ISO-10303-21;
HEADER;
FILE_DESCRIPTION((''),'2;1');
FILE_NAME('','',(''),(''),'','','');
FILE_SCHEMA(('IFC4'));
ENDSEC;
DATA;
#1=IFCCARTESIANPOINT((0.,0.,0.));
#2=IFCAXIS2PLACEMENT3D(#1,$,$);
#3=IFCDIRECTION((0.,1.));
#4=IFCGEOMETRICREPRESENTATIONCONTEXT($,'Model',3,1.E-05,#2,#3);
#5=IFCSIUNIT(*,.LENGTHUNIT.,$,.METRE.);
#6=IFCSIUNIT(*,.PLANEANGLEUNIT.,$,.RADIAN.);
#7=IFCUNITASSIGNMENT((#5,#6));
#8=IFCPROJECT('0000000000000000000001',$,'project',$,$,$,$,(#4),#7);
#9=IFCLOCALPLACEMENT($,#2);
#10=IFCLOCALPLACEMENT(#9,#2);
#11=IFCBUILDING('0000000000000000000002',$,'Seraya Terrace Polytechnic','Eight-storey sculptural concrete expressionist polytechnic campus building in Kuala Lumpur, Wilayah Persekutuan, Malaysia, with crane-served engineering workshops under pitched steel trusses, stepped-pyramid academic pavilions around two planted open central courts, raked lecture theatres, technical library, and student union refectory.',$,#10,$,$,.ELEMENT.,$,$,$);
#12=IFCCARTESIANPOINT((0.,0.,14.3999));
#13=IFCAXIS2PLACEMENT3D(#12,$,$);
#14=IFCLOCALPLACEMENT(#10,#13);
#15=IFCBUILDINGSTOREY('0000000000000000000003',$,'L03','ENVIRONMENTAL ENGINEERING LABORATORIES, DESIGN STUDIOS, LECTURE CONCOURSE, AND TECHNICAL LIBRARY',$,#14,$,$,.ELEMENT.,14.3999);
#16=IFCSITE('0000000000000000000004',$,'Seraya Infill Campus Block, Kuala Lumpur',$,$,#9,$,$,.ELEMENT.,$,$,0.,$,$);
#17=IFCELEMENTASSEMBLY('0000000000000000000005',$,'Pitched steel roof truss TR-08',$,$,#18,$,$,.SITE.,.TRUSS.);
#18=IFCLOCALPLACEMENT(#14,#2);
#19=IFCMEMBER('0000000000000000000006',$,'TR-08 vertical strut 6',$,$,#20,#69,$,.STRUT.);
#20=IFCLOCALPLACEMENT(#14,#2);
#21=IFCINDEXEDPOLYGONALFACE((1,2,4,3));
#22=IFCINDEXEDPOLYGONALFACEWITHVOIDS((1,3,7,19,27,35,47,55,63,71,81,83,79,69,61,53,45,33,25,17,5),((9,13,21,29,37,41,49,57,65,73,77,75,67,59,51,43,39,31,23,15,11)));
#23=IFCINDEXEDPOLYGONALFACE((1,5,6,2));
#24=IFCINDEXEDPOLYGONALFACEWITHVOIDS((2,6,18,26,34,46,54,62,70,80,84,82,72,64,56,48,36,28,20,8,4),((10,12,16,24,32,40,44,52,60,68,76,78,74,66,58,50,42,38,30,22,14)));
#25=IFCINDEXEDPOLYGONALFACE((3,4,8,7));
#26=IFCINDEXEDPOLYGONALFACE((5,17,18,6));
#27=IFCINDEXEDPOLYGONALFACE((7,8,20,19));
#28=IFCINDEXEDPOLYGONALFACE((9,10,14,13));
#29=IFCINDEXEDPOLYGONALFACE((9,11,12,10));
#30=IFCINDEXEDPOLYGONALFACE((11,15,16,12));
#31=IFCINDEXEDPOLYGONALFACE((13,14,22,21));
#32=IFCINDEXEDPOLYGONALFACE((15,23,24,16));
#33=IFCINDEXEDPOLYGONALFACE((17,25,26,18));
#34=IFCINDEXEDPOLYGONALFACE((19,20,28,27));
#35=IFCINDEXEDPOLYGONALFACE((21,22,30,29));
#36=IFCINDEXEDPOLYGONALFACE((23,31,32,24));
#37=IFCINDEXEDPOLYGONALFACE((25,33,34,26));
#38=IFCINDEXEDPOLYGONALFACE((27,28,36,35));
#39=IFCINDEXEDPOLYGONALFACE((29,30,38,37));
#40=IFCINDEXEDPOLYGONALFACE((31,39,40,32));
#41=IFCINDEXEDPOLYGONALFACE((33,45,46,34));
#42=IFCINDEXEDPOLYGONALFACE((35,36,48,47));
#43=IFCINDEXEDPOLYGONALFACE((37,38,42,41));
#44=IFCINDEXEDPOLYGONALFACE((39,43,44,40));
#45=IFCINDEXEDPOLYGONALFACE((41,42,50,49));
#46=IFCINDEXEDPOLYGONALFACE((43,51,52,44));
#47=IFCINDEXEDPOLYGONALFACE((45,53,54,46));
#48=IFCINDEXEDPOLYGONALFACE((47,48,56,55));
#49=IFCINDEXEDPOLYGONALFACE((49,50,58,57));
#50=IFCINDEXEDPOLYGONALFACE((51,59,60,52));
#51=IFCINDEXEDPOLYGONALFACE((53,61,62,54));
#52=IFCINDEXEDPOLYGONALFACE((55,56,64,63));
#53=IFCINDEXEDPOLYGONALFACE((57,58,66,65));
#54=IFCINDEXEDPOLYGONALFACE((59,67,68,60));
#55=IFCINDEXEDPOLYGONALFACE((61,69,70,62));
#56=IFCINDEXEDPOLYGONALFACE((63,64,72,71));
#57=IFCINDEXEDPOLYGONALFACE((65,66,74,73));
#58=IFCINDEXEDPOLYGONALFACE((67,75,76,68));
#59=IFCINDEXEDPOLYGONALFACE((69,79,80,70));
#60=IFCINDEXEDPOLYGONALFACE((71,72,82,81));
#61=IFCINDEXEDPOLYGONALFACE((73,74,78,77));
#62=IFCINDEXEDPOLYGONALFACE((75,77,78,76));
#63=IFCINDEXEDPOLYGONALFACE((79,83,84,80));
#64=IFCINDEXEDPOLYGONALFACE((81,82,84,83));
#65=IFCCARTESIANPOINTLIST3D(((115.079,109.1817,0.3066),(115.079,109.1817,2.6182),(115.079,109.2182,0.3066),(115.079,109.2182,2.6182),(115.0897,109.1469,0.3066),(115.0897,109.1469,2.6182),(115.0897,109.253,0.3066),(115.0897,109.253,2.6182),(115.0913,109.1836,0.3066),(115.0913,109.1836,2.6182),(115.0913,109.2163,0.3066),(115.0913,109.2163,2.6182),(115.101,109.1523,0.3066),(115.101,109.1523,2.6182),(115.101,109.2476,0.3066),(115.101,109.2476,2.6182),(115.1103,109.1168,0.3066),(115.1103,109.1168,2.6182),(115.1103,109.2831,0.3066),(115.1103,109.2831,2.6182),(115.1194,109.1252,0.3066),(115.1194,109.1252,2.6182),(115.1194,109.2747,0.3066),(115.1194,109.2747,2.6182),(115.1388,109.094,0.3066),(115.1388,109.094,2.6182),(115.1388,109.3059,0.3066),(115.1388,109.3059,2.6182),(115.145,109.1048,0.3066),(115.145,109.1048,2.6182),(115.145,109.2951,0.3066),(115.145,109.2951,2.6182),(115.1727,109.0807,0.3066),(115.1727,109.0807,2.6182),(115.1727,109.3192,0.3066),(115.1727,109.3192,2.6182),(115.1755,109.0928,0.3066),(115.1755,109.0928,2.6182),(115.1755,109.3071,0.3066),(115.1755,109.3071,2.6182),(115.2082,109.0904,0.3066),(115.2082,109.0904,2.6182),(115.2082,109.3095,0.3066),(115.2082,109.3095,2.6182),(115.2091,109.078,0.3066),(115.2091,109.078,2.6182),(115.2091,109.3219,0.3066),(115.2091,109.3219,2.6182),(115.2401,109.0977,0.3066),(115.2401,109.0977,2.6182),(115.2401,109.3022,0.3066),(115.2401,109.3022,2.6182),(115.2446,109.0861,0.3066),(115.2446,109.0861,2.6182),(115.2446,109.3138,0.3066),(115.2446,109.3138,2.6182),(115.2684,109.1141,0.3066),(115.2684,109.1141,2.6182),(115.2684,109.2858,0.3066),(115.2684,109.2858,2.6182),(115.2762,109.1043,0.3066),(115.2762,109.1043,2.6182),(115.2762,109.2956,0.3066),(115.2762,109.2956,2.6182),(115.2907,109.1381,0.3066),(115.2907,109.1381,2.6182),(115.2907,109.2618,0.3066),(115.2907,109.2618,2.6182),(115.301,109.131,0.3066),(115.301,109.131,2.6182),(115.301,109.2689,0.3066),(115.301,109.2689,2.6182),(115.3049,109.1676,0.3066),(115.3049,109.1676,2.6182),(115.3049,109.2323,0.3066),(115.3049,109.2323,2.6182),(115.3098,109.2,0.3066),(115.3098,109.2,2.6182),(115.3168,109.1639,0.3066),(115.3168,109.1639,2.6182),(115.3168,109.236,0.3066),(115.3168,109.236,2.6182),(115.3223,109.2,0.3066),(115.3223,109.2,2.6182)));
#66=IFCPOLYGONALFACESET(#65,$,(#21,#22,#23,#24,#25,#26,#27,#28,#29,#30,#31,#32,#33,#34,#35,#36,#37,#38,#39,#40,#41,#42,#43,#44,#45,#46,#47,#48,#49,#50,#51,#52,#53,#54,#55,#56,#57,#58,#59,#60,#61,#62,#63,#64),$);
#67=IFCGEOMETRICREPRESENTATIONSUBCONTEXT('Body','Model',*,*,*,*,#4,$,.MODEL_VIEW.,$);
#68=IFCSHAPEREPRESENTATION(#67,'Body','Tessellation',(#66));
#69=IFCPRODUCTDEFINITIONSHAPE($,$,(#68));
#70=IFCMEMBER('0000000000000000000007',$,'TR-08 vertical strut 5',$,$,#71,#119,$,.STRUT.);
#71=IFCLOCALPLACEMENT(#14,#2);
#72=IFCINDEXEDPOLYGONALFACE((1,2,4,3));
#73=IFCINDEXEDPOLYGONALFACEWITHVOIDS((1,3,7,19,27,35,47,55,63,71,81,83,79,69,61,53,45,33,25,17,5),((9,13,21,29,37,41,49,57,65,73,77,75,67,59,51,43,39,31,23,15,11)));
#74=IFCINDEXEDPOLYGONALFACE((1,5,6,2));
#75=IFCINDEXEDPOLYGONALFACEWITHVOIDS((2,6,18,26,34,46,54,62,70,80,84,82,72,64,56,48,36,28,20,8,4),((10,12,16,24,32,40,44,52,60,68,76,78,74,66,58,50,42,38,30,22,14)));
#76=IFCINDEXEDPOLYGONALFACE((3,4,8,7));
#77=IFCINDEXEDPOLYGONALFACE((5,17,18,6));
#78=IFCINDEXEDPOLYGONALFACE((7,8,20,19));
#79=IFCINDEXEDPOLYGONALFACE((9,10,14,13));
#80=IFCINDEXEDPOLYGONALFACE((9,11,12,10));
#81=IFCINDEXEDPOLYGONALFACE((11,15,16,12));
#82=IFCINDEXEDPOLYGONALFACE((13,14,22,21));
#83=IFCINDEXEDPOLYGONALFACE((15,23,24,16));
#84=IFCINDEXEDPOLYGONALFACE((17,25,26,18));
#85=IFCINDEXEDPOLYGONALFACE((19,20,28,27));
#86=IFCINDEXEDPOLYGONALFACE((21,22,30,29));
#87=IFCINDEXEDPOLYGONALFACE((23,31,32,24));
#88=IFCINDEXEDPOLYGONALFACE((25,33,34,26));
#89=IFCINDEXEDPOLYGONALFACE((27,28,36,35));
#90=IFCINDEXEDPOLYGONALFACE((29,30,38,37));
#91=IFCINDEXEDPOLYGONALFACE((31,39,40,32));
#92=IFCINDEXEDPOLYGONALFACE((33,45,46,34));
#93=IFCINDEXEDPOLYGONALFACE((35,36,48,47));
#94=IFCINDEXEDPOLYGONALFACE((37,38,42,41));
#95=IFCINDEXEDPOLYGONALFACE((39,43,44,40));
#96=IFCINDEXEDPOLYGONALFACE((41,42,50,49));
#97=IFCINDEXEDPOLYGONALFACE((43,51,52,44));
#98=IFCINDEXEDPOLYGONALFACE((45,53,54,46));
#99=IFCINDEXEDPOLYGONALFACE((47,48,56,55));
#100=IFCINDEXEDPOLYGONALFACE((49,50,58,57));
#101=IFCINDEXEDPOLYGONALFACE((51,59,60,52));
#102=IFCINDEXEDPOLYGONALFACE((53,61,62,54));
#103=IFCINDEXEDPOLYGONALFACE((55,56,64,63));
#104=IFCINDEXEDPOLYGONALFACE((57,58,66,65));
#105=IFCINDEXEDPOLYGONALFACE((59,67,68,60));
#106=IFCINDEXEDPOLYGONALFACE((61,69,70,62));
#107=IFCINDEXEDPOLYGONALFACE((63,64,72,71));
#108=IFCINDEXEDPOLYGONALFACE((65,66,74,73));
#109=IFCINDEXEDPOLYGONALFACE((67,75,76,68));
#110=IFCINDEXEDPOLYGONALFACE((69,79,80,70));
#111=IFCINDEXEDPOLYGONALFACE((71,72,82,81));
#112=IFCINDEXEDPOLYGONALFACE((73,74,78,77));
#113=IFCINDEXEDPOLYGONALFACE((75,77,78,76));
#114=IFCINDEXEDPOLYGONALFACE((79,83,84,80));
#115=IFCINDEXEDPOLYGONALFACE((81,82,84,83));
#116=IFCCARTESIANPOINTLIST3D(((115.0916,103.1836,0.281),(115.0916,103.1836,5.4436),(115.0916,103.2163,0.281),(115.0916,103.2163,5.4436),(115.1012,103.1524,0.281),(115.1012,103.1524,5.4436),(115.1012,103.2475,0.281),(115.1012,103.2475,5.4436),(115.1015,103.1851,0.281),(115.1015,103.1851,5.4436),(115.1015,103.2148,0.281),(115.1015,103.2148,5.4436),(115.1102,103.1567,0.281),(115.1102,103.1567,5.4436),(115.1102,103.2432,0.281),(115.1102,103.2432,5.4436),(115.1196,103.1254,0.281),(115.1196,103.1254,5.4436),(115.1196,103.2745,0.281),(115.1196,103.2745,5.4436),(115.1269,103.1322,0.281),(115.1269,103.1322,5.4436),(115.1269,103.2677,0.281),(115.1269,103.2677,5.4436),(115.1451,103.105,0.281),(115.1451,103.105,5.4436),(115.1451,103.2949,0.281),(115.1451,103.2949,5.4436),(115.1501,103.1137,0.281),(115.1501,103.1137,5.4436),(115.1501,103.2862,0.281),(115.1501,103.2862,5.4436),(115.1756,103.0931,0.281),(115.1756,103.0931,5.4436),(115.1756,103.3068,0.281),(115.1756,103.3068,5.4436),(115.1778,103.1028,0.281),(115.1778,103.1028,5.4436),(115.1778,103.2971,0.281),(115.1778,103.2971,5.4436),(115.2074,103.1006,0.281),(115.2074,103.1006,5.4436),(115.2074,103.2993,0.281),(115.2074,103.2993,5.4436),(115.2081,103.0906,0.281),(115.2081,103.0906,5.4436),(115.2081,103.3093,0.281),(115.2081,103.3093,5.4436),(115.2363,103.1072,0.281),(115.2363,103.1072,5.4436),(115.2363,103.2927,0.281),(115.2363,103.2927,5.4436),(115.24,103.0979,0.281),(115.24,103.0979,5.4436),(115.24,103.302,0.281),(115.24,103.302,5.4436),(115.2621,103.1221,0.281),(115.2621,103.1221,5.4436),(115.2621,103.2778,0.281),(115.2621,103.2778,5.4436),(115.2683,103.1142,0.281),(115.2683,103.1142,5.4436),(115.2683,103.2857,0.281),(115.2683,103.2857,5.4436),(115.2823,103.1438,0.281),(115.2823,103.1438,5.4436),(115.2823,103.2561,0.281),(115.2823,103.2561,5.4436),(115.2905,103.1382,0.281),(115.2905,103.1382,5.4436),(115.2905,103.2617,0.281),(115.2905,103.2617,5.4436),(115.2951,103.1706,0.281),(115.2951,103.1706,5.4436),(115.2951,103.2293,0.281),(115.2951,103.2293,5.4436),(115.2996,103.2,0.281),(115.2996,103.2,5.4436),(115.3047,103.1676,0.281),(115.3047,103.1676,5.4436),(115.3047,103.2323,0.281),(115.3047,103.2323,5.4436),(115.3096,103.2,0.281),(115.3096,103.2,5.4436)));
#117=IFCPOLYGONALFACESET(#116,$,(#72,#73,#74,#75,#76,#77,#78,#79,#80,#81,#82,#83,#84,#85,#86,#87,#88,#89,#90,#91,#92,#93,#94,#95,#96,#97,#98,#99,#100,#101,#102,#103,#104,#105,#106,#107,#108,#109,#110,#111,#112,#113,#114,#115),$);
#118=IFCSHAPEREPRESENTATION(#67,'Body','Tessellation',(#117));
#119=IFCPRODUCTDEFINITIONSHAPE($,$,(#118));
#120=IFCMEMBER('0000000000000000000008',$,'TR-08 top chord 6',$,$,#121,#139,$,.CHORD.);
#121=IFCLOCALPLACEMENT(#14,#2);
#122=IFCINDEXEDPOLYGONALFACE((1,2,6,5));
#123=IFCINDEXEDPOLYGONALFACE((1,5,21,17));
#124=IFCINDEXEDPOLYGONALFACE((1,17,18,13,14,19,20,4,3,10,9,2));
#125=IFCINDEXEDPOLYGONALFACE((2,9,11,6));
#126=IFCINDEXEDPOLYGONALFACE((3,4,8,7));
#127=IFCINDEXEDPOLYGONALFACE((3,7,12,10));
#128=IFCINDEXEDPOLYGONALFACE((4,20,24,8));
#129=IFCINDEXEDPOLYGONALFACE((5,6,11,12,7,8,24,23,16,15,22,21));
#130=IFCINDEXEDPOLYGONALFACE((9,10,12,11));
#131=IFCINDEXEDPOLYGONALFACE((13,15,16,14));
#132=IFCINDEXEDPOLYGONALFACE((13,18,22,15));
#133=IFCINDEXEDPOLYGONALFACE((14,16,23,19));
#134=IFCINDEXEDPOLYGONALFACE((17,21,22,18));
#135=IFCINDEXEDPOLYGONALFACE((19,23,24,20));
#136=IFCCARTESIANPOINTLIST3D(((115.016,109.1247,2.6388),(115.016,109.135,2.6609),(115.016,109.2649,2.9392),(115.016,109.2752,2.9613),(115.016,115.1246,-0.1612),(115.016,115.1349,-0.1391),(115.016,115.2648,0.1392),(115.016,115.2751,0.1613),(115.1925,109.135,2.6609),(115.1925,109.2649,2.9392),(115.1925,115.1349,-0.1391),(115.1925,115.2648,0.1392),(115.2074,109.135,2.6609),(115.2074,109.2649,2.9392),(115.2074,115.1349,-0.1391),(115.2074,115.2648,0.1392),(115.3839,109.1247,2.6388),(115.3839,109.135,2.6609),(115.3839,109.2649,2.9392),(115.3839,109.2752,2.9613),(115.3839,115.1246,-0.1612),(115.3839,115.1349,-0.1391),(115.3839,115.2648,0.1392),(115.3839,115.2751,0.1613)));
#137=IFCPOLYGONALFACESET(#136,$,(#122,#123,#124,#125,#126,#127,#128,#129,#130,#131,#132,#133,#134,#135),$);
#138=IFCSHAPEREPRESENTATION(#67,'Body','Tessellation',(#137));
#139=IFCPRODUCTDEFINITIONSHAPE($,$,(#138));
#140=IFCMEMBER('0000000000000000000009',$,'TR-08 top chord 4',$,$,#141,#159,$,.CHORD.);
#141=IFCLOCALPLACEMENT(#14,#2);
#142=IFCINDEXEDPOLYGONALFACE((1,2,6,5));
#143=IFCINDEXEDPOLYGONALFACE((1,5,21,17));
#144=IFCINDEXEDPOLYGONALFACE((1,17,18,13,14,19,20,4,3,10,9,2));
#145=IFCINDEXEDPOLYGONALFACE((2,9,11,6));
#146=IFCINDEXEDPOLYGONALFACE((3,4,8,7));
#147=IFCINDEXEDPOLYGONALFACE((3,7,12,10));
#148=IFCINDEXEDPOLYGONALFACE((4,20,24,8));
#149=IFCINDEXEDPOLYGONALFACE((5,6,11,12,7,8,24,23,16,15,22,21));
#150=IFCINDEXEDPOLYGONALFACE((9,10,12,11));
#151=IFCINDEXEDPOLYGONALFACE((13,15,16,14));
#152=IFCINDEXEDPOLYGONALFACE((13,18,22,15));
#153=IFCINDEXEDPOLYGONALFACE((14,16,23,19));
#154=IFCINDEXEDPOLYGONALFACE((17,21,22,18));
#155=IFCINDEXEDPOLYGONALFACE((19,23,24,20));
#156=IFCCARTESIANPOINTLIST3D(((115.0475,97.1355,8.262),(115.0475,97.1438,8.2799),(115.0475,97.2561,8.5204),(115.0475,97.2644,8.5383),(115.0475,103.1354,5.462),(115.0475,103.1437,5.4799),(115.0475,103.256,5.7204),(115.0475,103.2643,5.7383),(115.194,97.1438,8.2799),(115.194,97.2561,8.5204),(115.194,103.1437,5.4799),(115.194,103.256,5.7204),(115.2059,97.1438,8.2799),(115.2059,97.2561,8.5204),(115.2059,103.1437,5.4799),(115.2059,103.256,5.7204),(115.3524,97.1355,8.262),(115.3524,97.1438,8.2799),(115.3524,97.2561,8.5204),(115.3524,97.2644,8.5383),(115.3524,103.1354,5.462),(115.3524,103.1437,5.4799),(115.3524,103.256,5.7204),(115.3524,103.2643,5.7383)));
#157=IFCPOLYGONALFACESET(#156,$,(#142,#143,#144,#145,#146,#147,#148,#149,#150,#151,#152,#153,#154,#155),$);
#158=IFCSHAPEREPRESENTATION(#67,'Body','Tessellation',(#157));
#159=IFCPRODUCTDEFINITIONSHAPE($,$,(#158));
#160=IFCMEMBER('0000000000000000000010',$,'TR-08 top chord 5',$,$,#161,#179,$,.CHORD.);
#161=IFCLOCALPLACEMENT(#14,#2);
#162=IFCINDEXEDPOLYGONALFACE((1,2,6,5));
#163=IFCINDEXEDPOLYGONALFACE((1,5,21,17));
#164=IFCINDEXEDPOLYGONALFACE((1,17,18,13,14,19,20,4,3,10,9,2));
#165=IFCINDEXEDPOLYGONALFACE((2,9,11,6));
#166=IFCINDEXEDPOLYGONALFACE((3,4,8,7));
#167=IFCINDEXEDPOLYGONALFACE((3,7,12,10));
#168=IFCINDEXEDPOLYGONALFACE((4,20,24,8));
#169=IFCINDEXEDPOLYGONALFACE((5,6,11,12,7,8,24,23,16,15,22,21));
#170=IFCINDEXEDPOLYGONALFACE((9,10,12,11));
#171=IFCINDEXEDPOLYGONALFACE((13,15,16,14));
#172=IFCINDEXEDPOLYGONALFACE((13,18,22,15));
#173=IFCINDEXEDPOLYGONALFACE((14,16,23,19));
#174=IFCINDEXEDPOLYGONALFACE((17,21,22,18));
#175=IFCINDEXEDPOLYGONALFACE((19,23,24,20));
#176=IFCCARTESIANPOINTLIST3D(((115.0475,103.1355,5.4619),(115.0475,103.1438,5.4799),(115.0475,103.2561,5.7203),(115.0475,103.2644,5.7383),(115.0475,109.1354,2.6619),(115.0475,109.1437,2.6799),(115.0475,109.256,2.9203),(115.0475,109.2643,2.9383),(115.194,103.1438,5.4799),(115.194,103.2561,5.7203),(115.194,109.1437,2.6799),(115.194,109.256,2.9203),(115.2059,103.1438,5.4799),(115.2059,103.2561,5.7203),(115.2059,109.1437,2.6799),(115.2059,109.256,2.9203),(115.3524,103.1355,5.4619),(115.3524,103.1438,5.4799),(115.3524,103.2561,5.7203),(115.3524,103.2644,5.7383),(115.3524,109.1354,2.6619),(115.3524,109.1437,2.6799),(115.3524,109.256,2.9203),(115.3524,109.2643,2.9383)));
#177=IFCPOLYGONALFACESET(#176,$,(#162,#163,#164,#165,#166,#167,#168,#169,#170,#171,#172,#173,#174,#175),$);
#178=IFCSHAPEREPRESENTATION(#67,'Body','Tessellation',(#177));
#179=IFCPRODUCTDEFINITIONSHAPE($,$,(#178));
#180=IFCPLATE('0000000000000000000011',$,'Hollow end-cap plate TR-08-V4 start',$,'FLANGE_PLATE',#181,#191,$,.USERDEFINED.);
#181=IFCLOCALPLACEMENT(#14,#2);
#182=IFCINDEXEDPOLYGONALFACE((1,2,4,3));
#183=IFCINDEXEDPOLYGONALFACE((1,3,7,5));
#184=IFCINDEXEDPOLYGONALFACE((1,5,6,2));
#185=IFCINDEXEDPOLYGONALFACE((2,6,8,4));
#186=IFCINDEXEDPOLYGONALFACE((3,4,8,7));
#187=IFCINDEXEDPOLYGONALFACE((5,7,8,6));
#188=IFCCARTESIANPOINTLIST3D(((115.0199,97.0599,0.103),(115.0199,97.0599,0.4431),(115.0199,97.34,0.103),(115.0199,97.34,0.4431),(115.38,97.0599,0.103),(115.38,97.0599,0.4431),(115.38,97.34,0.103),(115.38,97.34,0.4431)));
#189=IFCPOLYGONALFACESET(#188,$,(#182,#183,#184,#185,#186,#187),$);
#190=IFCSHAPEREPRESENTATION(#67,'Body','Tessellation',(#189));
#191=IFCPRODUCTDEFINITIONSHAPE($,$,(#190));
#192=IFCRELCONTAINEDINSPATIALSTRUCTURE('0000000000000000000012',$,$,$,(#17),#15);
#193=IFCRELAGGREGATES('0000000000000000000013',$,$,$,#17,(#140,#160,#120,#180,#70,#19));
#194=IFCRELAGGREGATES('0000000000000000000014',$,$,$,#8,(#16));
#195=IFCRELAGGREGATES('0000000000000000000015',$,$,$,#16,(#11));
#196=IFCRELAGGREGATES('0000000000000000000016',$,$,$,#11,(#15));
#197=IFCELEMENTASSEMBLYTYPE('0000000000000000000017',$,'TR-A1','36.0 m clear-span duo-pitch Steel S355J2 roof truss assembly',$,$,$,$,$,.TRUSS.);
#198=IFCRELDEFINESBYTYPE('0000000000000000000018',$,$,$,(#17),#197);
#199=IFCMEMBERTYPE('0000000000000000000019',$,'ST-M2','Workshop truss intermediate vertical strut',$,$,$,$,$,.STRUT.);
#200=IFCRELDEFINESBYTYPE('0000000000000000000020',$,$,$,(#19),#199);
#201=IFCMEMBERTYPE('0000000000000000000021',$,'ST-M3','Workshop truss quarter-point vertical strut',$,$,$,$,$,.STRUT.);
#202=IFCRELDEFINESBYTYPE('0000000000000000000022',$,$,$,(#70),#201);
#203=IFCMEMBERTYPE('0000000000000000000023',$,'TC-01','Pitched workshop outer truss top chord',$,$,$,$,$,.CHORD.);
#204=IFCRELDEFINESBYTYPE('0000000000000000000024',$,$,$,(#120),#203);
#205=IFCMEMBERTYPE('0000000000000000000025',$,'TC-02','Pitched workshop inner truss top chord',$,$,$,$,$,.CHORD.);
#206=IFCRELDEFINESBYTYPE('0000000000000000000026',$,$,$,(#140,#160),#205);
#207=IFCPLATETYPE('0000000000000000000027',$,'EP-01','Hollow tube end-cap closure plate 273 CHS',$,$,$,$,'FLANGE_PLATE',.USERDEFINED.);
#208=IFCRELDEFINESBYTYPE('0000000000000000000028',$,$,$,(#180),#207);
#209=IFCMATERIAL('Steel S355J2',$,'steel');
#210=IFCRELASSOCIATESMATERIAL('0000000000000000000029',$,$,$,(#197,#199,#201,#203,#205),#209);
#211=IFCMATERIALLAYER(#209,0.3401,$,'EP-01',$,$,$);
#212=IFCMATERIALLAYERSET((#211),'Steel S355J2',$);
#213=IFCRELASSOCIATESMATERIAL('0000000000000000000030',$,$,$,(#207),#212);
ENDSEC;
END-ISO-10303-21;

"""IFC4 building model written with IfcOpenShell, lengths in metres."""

from ifc_helpers import new_model, si_unit, direction, frame, origin, origin_2d, place, context, subcontext, project, spatial, rectangle, hollow_circle, i_section, extrude, material, layer, layer_set, material_profile, profile_set, type_object, element, aggregate, save


model = new_model("IFC4")

# Units and contexts
model_context = context("Model", 3, precision=1e-05, world=origin(), true_north=direction((0.0, 1.0)))
body_context = subcontext(model_context, "Body", "Model", "MODEL_VIEW")
ifc_project = project(units=[si_unit("LENGTHUNIT", "METRE"), si_unit("PLANEANGLEUNIT", "RADIAN")], contexts=[model_context])

# Site, building, storey
site_placement = place(None, origin())
site = spatial("IfcSite", under=ifc_project, at=site_placement, Name="Seraya Infill Campus Block, Kuala Lumpur", CompositionType="ELEMENT", RefElevation=0.0)
building_placement = place(site_placement, origin())
building = spatial("IfcBuilding", under=site, at=building_placement, Name="Seraya Terrace Polytechnic", Description="Eight-storey sculptural concrete expressionist polytechnic campus building in Kuala Lumpur, Wilayah Persekutuan, Malaysia, with crane-served engineering workshops under pitched steel trusses, stepped-pyramid academic pavilions around two planted open central courts, raked lecture theatres, technical library, and student union refectory.", CompositionType="ELEMENT")
storey_placement = place(building_placement, frame((0.0, 0.0, 14.3999)))
storey = spatial("IfcBuildingStorey", under=building, at=storey_placement, Name="L03", Description="ENVIRONMENTAL ENGINEERING LABORATORIES, DESIGN STUDIOS, LECTURE CONCOURSE, AND TECHNICAL LIBRARY", CompositionType="ELEMENT", Elevation=14.3999)

# Element assembly
ifc_material_1 = material(Name="Steel S355J2", Category="steel")
element_assembly_type = type_object("IfcElementAssemblyType", Name="TR-A1", Description="36.0 m clear-span duo-pitch Steel S355J2 roof truss assembly", PredefinedType="TRUSS", material=ifc_material_1)
assembly_placement = place(storey_placement, origin())
assembly = element("IfcElementAssembly", 1, at=assembly_placement, inside=storey, type_object=element_assembly_type, Name="Pitched steel roof truss TR-08", AssemblyPlace="SITE", PredefinedType="TRUSS")

# Members
ifc_material_profile_1 = material_profile(ifc_material_1, hollow_circle(Radius=0.1223, WallThickness=0.0125, at=origin_2d()), Name="CHS 244.5x12.5")
ifc_profile_set_1 = profile_set([ifc_material_profile_1], Name="Steel S355J2")
member_type_1 = type_object("IfcMemberType", Name="ST-M2", Description="Workshop truss intermediate vertical strut", PredefinedType="STRUT", material=ifc_profile_set_1)
member_1_placement = place(storey_placement, frame((115.2, 109.2, 0.3066), z_axis=(0.0, 0.0, 1.0), x_axis=(1.0, 0.0, 0.0)))
member_1 = element("IfcMember", 2, at=member_1_placement, type_object=member_type_1, Name="TR-08 vertical strut 6", PredefinedType="STRUT", context=body_context, shape_type="SweptSolid", body=[
    extrude(hollow_circle(Radius=0.1223, WallThickness=0.0125, at=origin_2d()), origin(), (0.0, 0.0, 1.0), 2.3115),
])
ifc_material_profile_2 = material_profile(ifc_material_1, hollow_circle(Radius=0.1096, WallThickness=0.01, at=origin_2d()), Name="CHS 219.1x10.0")
ifc_profile_set_2 = profile_set([ifc_material_profile_2], Name="Steel S355J2")
member_type_2 = type_object("IfcMemberType", Name="ST-M3", Description="Workshop truss quarter-point vertical strut", PredefinedType="STRUT", material=ifc_profile_set_2)
member_2_placement = place(storey_placement, frame((115.2, 103.2, 0.281), z_axis=(0.0, 0.0, 1.0), x_axis=(1.0, 0.0, 0.0)))
member_2 = element("IfcMember", 3, at=member_2_placement, type_object=member_type_2, Name="TR-08 vertical strut 5", PredefinedType="STRUT", context=body_context, shape_type="SweptSolid", body=[
    extrude(hollow_circle(Radius=0.1096, WallThickness=0.01, at=origin_2d()), origin(), (0.0, 0.0, 1.0), 5.1626),
])
ifc_material_profile_3 = material_profile(ifc_material_1, i_section(OverallWidth=0.3679, OverallDepth=0.356, WebThickness=0.0149, FlangeThickness=0.0244, at=origin_2d()), Name="UKC 356x368x15.0x24.4")
ifc_profile_set_3 = profile_set([ifc_material_profile_3], Name="Steel S355J2")
member_type_3 = type_object("IfcMemberType", Name="TC-01", Description="Pitched workshop outer truss top chord", PredefinedType="CHORD", material=ifc_profile_set_3)
member_3_placement = place(storey_placement, frame((115.2, 109.2, 2.8), z_axis=(0.0, 0.90618, -0.422892), x_axis=(-1.0, 0.0, 0.0)))
member_3 = element("IfcMember", 4, at=member_3_placement, type_object=member_type_3, Name="TR-08 top chord 6", PredefinedType="CHORD", context=body_context, shape_type="SweptSolid", body=[
    extrude(i_section(OverallWidth=0.3679, OverallDepth=0.356, WebThickness=0.0149, FlangeThickness=0.0244, at=origin_2d()), origin(), (0.0, 0.0, 1.0), 6.6211),
])
ifc_material_profile_4 = material_profile(ifc_material_1, i_section(OverallWidth=0.3049, OverallDepth=0.3049, WebThickness=0.012, FlangeThickness=0.0198, at=origin_2d()), Name="UKC 305x305x12.0x19.7")
ifc_profile_set_4 = profile_set([ifc_material_profile_4], Name="Steel S355J2")
member_type_4 = type_object("IfcMemberType", Name="TC-02", Description="Pitched workshop inner truss top chord", PredefinedType="CHORD", material=ifc_profile_set_4)
member_4_placement = place(storey_placement, frame((115.2, 97.2, 8.4001), z_axis=(0.0, 0.90618, -0.422892), x_axis=(-1.0, 0.0, 0.0)))
member_4 = element("IfcMember", 5, at=member_4_placement, type_object=member_type_4, Name="TR-08 top chord 4", PredefinedType="CHORD", context=body_context, shape_type="SweptSolid", body=[
    extrude(i_section(OverallWidth=0.3049, OverallDepth=0.3049, WebThickness=0.012, FlangeThickness=0.0198, at=origin_2d()), origin(), (0.0, 0.0, 1.0), 6.6211),
])
member_5_placement = place(storey_placement, frame((115.2, 103.2, 5.6001), z_axis=(0.0, 0.90618, -0.422892), x_axis=(-1.0, 0.0, 0.0)))
member_5 = element("IfcMember", 6, at=member_5_placement, type_object=member_type_4, Name="TR-08 top chord 5", PredefinedType="CHORD", context=body_context, shape_type="SweptSolid", body=[
    extrude(i_section(OverallWidth=0.3049, OverallDepth=0.3049, WebThickness=0.012, FlangeThickness=0.0198, at=origin_2d()), origin(), (0.0, 0.0, 1.0), 6.6211),
])

# Plate
ifc_layer_1 = layer(ifc_material_1, 0.3401, Name="EP-01")
ifc_layer_set_1 = layer_set([ifc_layer_1], Name="Steel S355J2")
plate_type_1 = type_object("IfcPlateType", Name="EP-01", Description="Hollow tube end-cap closure plate 273 CHS", ElementType="FLANGE_PLATE", PredefinedType="USERDEFINED", material=ifc_layer_set_1)
plate_1_placement = place(storey_placement, frame((115.2, 97.2, 0.103), z_axis=(0.0, 0.0, 1.0), x_axis=(1.0, 0.0, 0.0)))
plate_1 = element("IfcPlate", 7, at=plate_1_placement, type_object=plate_type_1, Name="Hollow end-cap plate TR-08-V4 start", ObjectType="FLANGE_PLATE", PredefinedType="USERDEFINED", context=body_context, shape_type="SweptSolid", body=[
    extrude(rectangle(XDim=0.3601, YDim=0.28, at=origin_2d()), origin(), (0.0, 0.0, 1.0), 0.3401),
])

aggregate(assembly, [member_4, member_5, member_3, plate_1, member_2, member_1])

save(model, "model.ifc")
